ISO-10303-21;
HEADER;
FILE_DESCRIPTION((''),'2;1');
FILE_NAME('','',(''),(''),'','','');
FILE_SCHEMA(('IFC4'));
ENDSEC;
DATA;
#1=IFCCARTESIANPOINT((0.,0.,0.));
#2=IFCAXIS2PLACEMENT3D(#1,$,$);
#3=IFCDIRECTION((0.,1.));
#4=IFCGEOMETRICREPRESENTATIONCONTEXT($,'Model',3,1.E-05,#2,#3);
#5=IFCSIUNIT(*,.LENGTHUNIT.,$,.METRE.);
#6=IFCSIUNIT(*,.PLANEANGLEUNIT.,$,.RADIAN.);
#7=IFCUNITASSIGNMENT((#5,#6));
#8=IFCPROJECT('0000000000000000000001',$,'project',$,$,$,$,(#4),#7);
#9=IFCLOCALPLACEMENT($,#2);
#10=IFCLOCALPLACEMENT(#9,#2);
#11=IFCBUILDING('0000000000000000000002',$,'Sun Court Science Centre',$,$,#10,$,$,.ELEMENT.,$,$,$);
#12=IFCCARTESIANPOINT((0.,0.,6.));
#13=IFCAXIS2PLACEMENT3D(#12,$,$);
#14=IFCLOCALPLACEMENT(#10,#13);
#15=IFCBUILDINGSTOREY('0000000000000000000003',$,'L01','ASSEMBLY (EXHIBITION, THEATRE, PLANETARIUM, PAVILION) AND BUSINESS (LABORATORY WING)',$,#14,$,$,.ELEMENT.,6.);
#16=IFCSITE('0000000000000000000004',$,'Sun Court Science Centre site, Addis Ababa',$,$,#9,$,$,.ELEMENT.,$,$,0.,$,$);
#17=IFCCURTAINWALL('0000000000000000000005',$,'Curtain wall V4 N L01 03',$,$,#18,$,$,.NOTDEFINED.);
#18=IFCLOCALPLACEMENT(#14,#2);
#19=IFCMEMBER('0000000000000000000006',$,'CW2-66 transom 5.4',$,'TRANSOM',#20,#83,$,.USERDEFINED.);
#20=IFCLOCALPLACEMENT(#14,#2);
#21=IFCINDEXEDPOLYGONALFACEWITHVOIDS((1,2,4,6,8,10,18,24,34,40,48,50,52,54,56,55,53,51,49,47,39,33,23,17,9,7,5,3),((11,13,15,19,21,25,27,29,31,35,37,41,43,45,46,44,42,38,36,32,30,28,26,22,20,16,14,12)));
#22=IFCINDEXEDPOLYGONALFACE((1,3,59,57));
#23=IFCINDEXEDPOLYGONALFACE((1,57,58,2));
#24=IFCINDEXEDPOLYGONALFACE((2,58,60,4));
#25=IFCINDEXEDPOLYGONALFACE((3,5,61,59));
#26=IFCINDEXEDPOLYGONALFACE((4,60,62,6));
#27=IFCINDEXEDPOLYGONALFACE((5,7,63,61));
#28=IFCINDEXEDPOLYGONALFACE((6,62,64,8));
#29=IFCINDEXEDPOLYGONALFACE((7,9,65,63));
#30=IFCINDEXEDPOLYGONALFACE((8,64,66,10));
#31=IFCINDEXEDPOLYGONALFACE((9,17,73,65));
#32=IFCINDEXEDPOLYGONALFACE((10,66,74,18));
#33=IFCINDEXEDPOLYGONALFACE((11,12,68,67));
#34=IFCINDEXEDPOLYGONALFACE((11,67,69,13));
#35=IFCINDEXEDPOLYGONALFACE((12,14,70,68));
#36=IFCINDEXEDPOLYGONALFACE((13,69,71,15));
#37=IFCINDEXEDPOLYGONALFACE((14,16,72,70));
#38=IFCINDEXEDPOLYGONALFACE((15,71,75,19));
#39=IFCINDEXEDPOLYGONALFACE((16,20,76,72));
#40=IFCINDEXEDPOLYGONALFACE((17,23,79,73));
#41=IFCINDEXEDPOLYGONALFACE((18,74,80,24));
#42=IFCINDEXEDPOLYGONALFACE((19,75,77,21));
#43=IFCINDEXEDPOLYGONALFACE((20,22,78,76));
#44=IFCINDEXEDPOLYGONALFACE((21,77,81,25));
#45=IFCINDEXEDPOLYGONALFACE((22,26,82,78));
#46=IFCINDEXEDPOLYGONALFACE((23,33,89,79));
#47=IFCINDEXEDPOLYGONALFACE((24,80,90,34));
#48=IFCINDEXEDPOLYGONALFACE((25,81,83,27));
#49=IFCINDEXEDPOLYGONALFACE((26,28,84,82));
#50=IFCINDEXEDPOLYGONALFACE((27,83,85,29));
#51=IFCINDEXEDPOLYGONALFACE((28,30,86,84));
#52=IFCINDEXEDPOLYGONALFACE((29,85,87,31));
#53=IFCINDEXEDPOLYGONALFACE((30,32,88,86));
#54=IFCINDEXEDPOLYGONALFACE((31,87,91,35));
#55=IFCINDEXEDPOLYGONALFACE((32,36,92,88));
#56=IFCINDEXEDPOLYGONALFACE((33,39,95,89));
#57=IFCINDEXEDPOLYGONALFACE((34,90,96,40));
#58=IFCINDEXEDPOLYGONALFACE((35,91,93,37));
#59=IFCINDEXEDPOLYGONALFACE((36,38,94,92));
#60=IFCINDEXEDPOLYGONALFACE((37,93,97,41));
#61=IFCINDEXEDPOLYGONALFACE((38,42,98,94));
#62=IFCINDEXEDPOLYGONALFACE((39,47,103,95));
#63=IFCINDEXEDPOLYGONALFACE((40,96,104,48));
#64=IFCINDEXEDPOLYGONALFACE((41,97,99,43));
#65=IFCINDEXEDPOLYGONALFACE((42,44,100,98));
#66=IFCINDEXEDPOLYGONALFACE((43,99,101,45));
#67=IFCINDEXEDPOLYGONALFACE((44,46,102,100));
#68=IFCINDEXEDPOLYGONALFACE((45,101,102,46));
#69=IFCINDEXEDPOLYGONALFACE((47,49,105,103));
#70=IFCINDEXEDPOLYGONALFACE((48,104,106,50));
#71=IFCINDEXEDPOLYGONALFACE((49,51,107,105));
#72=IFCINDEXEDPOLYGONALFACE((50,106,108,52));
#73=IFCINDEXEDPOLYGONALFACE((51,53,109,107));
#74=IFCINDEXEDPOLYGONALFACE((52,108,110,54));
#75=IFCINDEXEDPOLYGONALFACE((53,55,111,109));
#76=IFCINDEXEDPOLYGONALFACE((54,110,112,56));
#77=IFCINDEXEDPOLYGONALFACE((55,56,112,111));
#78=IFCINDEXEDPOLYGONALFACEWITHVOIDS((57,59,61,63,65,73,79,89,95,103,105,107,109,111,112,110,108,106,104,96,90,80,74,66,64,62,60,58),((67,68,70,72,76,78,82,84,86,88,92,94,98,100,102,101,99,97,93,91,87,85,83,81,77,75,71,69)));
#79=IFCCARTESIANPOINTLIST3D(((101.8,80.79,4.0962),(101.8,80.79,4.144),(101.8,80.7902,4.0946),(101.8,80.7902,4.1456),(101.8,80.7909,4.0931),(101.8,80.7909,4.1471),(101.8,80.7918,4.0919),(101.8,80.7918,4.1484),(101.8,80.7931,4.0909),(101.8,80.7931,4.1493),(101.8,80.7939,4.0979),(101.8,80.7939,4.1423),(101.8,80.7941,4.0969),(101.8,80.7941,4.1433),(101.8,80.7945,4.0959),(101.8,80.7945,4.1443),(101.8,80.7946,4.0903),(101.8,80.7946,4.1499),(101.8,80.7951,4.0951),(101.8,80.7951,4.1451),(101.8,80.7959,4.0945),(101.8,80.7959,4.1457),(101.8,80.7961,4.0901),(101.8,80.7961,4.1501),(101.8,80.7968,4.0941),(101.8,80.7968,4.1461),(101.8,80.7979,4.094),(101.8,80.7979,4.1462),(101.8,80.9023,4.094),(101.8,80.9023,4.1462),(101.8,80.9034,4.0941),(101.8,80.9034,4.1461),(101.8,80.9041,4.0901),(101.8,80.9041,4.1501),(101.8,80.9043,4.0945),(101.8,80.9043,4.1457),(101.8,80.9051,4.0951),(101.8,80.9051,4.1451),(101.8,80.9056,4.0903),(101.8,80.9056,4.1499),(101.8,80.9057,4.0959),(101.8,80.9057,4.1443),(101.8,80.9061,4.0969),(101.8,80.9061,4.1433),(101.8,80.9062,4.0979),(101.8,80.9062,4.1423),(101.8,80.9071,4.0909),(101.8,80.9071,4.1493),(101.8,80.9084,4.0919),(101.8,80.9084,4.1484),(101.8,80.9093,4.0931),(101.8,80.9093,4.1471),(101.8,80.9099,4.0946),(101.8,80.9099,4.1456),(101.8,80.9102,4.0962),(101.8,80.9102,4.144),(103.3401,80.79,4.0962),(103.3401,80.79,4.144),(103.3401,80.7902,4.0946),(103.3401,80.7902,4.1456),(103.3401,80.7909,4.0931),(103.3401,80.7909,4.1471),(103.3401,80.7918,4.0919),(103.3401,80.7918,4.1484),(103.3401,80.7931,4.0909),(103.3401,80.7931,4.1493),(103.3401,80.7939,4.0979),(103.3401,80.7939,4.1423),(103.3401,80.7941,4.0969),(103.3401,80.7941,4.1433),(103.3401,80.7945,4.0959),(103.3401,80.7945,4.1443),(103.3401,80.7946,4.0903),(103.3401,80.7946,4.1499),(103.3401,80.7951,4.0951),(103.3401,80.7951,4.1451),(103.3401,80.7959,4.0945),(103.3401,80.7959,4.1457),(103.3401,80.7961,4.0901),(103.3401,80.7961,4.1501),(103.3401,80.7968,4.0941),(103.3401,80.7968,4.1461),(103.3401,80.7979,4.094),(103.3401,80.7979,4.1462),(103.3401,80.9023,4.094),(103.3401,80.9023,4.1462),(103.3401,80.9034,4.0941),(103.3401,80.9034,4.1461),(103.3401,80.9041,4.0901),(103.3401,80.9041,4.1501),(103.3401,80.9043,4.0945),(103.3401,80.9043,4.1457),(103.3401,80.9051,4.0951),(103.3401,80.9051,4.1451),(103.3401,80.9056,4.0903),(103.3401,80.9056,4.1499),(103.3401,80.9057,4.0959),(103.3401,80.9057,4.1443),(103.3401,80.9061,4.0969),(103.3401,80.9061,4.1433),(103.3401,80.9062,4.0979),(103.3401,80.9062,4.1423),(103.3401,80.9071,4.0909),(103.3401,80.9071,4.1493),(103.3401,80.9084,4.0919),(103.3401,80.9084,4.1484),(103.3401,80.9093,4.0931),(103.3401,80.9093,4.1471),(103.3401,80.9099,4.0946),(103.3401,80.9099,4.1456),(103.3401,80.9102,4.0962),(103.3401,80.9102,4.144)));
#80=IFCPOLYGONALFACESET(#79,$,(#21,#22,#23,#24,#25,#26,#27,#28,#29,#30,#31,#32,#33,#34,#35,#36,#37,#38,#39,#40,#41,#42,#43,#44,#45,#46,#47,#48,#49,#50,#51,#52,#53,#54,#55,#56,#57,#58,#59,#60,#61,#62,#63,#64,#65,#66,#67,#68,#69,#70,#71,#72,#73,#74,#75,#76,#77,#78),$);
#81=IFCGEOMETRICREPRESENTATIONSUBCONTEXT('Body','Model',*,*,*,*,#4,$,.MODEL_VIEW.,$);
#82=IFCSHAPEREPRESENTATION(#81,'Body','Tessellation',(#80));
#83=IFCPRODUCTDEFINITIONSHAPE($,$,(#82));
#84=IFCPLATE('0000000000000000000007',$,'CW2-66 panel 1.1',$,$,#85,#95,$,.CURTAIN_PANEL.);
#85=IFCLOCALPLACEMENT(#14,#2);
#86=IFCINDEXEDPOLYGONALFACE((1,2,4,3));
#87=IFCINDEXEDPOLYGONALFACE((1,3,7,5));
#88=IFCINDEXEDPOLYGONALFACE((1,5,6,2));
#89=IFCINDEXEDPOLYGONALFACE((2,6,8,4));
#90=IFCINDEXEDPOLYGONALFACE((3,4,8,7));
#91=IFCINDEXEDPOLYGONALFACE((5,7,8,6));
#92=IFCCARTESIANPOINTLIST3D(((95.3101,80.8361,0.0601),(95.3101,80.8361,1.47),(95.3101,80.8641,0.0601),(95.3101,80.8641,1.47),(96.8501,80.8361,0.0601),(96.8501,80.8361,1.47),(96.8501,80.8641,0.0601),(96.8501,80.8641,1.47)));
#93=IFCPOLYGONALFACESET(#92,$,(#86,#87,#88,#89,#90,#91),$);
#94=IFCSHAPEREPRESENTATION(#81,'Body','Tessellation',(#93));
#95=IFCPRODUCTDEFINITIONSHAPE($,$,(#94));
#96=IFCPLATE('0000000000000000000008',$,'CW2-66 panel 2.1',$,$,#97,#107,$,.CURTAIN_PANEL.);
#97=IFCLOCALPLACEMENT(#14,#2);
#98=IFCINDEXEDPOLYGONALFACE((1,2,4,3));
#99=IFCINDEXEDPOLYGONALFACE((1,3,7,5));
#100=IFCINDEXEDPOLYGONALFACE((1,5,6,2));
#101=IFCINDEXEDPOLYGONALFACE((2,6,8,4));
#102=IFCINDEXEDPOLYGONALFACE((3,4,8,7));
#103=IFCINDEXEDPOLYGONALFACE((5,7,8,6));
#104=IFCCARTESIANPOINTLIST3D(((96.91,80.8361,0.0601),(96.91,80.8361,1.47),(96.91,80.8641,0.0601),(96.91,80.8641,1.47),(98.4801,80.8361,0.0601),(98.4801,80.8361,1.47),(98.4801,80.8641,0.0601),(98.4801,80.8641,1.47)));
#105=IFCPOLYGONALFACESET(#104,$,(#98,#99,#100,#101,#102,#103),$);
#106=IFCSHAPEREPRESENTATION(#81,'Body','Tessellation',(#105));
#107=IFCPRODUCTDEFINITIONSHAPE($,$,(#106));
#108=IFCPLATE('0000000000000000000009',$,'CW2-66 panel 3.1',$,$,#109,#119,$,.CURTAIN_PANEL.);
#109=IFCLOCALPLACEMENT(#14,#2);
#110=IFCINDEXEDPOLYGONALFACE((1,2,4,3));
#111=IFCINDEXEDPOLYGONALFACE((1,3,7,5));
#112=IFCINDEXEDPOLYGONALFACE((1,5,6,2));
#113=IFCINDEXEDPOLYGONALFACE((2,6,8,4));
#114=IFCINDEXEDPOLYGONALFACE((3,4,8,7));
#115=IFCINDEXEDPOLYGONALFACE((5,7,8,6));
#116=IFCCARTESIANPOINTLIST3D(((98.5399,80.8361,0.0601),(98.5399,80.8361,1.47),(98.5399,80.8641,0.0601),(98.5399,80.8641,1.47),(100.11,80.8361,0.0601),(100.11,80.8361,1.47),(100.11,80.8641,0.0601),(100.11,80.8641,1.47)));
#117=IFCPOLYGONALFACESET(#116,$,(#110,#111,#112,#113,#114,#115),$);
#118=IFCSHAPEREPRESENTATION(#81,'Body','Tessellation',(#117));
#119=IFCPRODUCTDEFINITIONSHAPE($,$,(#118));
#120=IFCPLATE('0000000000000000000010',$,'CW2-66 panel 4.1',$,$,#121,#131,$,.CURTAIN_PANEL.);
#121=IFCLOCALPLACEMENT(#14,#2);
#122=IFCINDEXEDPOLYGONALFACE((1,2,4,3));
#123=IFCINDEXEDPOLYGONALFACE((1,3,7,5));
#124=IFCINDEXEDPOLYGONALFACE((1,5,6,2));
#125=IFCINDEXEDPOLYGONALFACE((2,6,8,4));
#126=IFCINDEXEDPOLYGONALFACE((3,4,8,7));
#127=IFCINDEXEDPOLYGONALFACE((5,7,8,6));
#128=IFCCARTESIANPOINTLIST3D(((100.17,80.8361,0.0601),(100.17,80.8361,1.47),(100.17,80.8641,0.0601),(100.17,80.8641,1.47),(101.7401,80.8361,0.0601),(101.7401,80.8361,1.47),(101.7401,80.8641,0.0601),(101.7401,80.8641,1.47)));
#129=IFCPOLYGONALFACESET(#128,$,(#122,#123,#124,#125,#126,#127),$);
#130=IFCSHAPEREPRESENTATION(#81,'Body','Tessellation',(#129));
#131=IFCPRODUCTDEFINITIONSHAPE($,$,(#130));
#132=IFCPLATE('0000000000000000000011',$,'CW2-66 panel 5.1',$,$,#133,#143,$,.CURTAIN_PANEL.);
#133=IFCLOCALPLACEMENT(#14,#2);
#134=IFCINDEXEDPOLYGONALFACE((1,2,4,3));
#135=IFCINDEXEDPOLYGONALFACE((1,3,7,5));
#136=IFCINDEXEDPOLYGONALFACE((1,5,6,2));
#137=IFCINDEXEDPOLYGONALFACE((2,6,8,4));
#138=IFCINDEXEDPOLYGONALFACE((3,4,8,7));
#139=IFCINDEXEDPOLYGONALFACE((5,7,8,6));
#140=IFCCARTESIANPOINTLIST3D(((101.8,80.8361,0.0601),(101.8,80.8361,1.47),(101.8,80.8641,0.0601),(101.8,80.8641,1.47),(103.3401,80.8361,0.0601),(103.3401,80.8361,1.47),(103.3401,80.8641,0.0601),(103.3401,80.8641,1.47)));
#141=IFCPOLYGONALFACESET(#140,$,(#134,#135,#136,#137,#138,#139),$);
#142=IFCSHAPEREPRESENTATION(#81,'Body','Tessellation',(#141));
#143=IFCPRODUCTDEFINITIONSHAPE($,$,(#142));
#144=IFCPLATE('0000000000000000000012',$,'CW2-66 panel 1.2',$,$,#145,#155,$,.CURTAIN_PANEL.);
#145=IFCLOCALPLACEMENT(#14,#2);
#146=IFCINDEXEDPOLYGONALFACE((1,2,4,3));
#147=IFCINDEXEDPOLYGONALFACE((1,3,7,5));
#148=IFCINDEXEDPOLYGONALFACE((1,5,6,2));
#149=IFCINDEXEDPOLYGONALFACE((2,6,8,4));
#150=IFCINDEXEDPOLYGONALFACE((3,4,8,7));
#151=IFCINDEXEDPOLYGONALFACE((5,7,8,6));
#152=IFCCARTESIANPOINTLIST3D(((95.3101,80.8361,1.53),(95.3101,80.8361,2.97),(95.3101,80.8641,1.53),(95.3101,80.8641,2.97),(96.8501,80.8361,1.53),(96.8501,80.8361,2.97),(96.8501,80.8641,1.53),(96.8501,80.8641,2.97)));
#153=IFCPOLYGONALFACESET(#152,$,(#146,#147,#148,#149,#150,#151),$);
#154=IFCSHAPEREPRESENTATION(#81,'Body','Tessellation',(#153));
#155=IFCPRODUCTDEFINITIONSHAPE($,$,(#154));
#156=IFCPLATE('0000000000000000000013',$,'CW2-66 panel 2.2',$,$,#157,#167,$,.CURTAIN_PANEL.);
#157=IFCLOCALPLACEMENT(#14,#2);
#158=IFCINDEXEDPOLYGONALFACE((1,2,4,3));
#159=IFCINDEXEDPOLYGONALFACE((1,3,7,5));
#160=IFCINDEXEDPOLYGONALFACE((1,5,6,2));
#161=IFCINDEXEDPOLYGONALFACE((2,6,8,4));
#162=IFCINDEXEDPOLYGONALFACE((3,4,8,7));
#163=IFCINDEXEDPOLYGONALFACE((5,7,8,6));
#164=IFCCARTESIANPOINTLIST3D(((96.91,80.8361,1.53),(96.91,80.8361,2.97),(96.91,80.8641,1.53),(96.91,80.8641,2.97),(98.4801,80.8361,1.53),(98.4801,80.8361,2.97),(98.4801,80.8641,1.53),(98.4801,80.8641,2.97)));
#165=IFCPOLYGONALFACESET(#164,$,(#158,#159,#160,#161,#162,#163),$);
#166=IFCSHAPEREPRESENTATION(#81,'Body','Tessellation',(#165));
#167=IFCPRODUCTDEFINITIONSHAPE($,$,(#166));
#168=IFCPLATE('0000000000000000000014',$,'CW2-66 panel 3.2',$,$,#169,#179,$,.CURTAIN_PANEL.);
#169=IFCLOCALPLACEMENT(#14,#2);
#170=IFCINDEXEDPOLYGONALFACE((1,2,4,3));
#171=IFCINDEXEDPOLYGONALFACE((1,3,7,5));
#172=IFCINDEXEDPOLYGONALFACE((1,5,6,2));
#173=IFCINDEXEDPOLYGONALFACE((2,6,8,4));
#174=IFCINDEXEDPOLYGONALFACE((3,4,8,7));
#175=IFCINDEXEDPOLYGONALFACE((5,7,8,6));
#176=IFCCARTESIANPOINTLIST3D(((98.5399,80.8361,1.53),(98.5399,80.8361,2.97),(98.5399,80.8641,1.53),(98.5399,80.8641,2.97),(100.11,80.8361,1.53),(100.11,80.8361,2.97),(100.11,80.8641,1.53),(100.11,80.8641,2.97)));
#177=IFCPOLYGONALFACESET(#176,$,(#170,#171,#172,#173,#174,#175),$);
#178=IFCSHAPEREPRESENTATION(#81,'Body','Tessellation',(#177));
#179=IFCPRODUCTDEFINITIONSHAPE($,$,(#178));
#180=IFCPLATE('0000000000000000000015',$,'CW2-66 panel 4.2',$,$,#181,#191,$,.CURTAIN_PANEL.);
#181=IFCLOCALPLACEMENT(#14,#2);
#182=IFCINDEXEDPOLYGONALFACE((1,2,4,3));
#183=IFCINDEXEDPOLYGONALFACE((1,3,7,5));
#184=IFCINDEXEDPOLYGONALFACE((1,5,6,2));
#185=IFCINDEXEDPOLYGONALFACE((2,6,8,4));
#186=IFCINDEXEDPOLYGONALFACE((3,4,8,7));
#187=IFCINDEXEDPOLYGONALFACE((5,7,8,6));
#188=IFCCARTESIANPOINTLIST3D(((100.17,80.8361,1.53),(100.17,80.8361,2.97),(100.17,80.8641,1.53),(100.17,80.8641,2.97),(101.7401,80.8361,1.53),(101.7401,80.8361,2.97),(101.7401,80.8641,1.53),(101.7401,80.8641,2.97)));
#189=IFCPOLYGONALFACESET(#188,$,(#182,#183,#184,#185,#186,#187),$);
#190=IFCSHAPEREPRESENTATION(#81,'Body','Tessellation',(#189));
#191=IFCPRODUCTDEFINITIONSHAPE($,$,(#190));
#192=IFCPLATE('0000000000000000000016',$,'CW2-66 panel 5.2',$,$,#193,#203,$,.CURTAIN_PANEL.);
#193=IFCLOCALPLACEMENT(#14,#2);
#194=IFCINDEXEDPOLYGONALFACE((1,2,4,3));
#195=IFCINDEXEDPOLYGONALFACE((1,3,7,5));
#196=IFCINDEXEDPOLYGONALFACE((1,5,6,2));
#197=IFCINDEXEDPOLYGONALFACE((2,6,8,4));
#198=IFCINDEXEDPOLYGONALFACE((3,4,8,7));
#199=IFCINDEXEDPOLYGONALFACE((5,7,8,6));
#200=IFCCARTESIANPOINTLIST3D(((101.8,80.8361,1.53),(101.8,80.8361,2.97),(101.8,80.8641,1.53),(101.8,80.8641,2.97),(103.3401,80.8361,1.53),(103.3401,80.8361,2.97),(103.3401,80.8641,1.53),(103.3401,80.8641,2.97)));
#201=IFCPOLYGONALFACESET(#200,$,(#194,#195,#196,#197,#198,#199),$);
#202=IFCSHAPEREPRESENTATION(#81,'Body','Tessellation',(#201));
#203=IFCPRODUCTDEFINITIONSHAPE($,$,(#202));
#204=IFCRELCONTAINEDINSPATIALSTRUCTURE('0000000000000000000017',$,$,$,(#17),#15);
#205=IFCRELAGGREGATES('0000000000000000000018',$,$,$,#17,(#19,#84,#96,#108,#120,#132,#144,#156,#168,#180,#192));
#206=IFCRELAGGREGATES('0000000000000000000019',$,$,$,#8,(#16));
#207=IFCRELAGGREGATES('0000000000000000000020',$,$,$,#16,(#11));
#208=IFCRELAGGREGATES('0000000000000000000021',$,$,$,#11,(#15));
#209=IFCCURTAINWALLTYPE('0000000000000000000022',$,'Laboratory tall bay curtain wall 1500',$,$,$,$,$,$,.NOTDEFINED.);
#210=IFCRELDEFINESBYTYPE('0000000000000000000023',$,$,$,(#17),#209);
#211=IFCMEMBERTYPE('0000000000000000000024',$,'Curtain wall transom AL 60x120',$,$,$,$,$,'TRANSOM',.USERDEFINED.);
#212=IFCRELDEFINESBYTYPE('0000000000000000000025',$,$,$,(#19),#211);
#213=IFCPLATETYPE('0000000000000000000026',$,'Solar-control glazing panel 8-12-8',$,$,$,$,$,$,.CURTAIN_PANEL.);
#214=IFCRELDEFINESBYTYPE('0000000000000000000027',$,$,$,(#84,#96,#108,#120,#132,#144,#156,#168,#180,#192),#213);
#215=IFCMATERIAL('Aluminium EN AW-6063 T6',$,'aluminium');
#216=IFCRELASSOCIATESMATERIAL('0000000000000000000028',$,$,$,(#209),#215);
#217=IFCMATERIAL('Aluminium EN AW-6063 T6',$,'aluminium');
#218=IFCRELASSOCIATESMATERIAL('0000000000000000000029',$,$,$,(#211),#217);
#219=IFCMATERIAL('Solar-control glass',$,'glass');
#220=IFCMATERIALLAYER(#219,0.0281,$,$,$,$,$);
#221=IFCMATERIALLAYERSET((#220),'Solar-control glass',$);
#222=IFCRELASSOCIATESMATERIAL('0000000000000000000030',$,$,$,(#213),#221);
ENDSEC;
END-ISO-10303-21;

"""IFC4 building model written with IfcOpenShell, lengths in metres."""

from ifc_helpers import new_model, si_unit, direction, frame, origin, origin_2d, place, context, subcontext, project, spatial, rectangle, hollow_rectangle, extrude, material, layer, layer_set, material_profile, profile_set, type_object, element, aggregate, save


model = new_model("IFC4")

# Units and contexts
model_context = context("Model", 3, precision=1e-05, world=origin(), true_north=direction((0.0, 1.0)))
body_context = subcontext(model_context, "Body", "Model", "MODEL_VIEW")
ifc_project = project(units=[si_unit("LENGTHUNIT", "METRE"), si_unit("PLANEANGLEUNIT", "RADIAN")], contexts=[model_context])

# Site, building, storey
site_placement = place(None, origin())
site = spatial("IfcSite", under=ifc_project, at=site_placement, Name="Sun Court Science Centre site, Addis Ababa", CompositionType="ELEMENT", RefElevation=0.0)
building_placement = place(site_placement, origin())
building = spatial("IfcBuilding", under=site, at=building_placement, Name="Sun Court Science Centre", CompositionType="ELEMENT")
storey_placement = place(building_placement, frame((0.0, 0.0, 6.0)))
storey = spatial("IfcBuildingStorey", under=building, at=storey_placement, Name="L01", Description="ASSEMBLY (EXHIBITION, THEATRE, PLANETARIUM, PAVILION) AND BUSINESS (LABORATORY WING)", CompositionType="ELEMENT", Elevation=6.0)

# Curtain wall, member, plates
ifc_material_1 = material(Name="Aluminium EN AW-6063 T6", Category="aluminium")
curtain_wall_type = type_object("IfcCurtainWallType", Name="Laboratory tall bay curtain wall 1500", PredefinedType="NOTDEFINED", material=ifc_material_1)
curtain_wall_placement = place(storey_placement, origin())
curtain_wall = element("IfcCurtainWall", 1, at=curtain_wall_placement, inside=storey, type_object=curtain_wall_type, Name="Curtain wall V4 N L01 03", PredefinedType="NOTDEFINED")
ifc_material_2 = material(Name="Aluminium EN AW-6063 T6", Category="aluminium")
ifc_material_profile_1 = material_profile(ifc_material_2, hollow_rectangle(XDim=0.0601, YDim=0.1201, WallThickness=0.0039, InnerFilletRadius=0.0039, OuterFilletRadius=0.0061, at=origin_2d()), Name="AL 60x120x4")
ifc_profile_set_1 = profile_set([ifc_material_profile_1], Name="Aluminium EN AW-6063 T6")
member_type_1 = type_object("IfcMemberType", Name="Curtain wall transom AL 60x120", ElementType="TRANSOM", PredefinedType="USERDEFINED", material=ifc_profile_set_1)
member_1_placement = place(storey_placement, frame((101.8, 80.8501, 4.1201), z_axis=(1.0, 0.0, 0.0), x_axis=(0.0, 0.0, 1.0)))
member_1 = element("IfcMember", 2, at=member_1_placement, type_object=member_type_1, Name="CW2-66 transom 5.4", ObjectType="TRANSOM", PredefinedType="USERDEFINED", context=body_context, shape_type="SweptSolid", body=[
    extrude(hollow_rectangle(XDim=0.0601, YDim=0.1201, WallThickness=0.0039, InnerFilletRadius=0.0039, OuterFilletRadius=0.0061, at=origin_2d()), origin(), (0.0, 0.0, 1.0), 1.54),
])
ifc_material_3 = material(Name="Solar-control glass", Category="glass")
ifc_layer_1 = layer(ifc_material_3, 0.0281)
ifc_layer_set_1 = layer_set([ifc_layer_1], Name="Solar-control glass")
plate_type = type_object("IfcPlateType", Name="Solar-control glazing panel 8-12-8", PredefinedType="CURTAIN_PANEL", material=ifc_layer_set_1)
plate_1_placement = place(storey_placement, frame((96.0801, 80.8501, 0.0601), z_axis=(0.0, 0.0, 1.0), x_axis=(1.0, 0.0, 0.0)))
plate_1 = element("IfcPlate", 3, at=plate_1_placement, type_object=plate_type, Name="CW2-66 panel 1.1", PredefinedType="CURTAIN_PANEL", context=body_context, shape_type="SweptSolid", body=[
    extrude(rectangle(XDim=1.54, YDim=0.0281, at=origin_2d()), origin(), (0.0, 0.0, 1.0), 1.4099),
])
plate_2_placement = place(storey_placement, frame((97.6951, 80.8501, 0.0601), z_axis=(0.0, 0.0, 1.0), x_axis=(1.0, 0.0, 0.0)))
plate_2 = element("IfcPlate", 4, at=plate_2_placement, type_object=plate_type, Name="CW2-66 panel 2.1", PredefinedType="CURTAIN_PANEL", context=body_context, shape_type="SweptSolid", body=[
    extrude(rectangle(XDim=1.5701, YDim=0.0281, at=origin_2d()), origin(), (0.0, 0.0, 1.0), 1.4099),
])
plate_3_placement = place(storey_placement, frame((99.325, 80.8501, 0.0601), z_axis=(0.0, 0.0, 1.0), x_axis=(1.0, 0.0, 0.0)))
plate_3 = element("IfcPlate", 5, at=plate_3_placement, type_object=plate_type, Name="CW2-66 panel 3.1", PredefinedType="CURTAIN_PANEL", context=body_context, shape_type="SweptSolid", body=[
    extrude(rectangle(XDim=1.5701, YDim=0.0281, at=origin_2d()), origin(), (0.0, 0.0, 1.0), 1.4099),
])
plate_4_placement = place(storey_placement, frame((100.9551, 80.8501, 0.0601), z_axis=(0.0, 0.0, 1.0), x_axis=(1.0, 0.0, 0.0)))
plate_4 = element("IfcPlate", 6, at=plate_4_placement, type_object=plate_type, Name="CW2-66 panel 4.1", PredefinedType="CURTAIN_PANEL", context=body_context, shape_type="SweptSolid", body=[
    extrude(rectangle(XDim=1.5701, YDim=0.0281, at=origin_2d()), origin(), (0.0, 0.0, 1.0), 1.4099),
])
plate_5_placement = place(storey_placement, frame((102.5701, 80.8501, 0.0601), z_axis=(0.0, 0.0, 1.0), x_axis=(1.0, 0.0, 0.0)))
plate_5 = element("IfcPlate", 7, at=plate_5_placement, type_object=plate_type, Name="CW2-66 panel 5.1", PredefinedType="CURTAIN_PANEL", context=body_context, shape_type="SweptSolid", body=[
    extrude(rectangle(XDim=1.54, YDim=0.0281, at=origin_2d()), origin(), (0.0, 0.0, 1.0), 1.4099),
])
plate_6_placement = place(storey_placement, frame((96.0801, 80.8501, 1.53), z_axis=(0.0, 0.0, 1.0), x_axis=(1.0, 0.0, 0.0)))
plate_6 = element("IfcPlate", 8, at=plate_6_placement, type_object=plate_type, Name="CW2-66 panel 1.2", PredefinedType="CURTAIN_PANEL", context=body_context, shape_type="SweptSolid", body=[
    extrude(rectangle(XDim=1.54, YDim=0.0281, at=origin_2d()), origin(), (0.0, 0.0, 1.0), 1.4399),
])
plate_7_placement = place(storey_placement, frame((97.6951, 80.8501, 1.53), z_axis=(0.0, 0.0, 1.0), x_axis=(1.0, 0.0, 0.0)))
plate_7 = element("IfcPlate", 9, at=plate_7_placement, type_object=plate_type, Name="CW2-66 panel 2.2", PredefinedType="CURTAIN_PANEL", context=body_context, shape_type="SweptSolid", body=[
    extrude(rectangle(XDim=1.5701, YDim=0.0281, at=origin_2d()), origin(), (0.0, 0.0, 1.0), 1.4399),
])
plate_8_placement = place(storey_placement, frame((99.325, 80.8501, 1.53), z_axis=(0.0, 0.0, 1.0), x_axis=(1.0, 0.0, 0.0)))
plate_8 = element("IfcPlate", 10, at=plate_8_placement, type_object=plate_type, Name="CW2-66 panel 3.2", PredefinedType="CURTAIN_PANEL", context=body_context, shape_type="SweptSolid", body=[
    extrude(rectangle(XDim=1.5701, YDim=0.0281, at=origin_2d()), origin(), (0.0, 0.0, 1.0), 1.4399),
])
plate_9_placement = place(storey_placement, frame((100.9551, 80.8501, 1.53), z_axis=(0.0, 0.0, 1.0), x_axis=(1.0, 0.0, 0.0)))
plate_9 = element("IfcPlate", 11, at=plate_9_placement, type_object=plate_type, Name="CW2-66 panel 4.2", PredefinedType="CURTAIN_PANEL", context=body_context, shape_type="SweptSolid", body=[
    extrude(rectangle(XDim=1.5701, YDim=0.0281, at=origin_2d()), origin(), (0.0, 0.0, 1.0), 1.4399),
])
plate_10_placement = place(storey_placement, frame((102.5701, 80.8501, 1.53), z_axis=(0.0, 0.0, 1.0), x_axis=(1.0, 0.0, 0.0)))
plate_10 = element("IfcPlate", 12, at=plate_10_placement, type_object=plate_type, Name="CW2-66 panel 5.2", PredefinedType="CURTAIN_PANEL", context=body_context, shape_type="SweptSolid", body=[
    extrude(rectangle(XDim=1.54, YDim=0.0281, at=origin_2d()), origin(), (0.0, 0.0, 1.0), 1.4399),
])
aggregate(curtain_wall, [member_1, plate_1, plate_2, plate_3, plate_4, plate_5, plate_6, plate_7, plate_8, plate_9, plate_10])

save(model, "model.ifc")
